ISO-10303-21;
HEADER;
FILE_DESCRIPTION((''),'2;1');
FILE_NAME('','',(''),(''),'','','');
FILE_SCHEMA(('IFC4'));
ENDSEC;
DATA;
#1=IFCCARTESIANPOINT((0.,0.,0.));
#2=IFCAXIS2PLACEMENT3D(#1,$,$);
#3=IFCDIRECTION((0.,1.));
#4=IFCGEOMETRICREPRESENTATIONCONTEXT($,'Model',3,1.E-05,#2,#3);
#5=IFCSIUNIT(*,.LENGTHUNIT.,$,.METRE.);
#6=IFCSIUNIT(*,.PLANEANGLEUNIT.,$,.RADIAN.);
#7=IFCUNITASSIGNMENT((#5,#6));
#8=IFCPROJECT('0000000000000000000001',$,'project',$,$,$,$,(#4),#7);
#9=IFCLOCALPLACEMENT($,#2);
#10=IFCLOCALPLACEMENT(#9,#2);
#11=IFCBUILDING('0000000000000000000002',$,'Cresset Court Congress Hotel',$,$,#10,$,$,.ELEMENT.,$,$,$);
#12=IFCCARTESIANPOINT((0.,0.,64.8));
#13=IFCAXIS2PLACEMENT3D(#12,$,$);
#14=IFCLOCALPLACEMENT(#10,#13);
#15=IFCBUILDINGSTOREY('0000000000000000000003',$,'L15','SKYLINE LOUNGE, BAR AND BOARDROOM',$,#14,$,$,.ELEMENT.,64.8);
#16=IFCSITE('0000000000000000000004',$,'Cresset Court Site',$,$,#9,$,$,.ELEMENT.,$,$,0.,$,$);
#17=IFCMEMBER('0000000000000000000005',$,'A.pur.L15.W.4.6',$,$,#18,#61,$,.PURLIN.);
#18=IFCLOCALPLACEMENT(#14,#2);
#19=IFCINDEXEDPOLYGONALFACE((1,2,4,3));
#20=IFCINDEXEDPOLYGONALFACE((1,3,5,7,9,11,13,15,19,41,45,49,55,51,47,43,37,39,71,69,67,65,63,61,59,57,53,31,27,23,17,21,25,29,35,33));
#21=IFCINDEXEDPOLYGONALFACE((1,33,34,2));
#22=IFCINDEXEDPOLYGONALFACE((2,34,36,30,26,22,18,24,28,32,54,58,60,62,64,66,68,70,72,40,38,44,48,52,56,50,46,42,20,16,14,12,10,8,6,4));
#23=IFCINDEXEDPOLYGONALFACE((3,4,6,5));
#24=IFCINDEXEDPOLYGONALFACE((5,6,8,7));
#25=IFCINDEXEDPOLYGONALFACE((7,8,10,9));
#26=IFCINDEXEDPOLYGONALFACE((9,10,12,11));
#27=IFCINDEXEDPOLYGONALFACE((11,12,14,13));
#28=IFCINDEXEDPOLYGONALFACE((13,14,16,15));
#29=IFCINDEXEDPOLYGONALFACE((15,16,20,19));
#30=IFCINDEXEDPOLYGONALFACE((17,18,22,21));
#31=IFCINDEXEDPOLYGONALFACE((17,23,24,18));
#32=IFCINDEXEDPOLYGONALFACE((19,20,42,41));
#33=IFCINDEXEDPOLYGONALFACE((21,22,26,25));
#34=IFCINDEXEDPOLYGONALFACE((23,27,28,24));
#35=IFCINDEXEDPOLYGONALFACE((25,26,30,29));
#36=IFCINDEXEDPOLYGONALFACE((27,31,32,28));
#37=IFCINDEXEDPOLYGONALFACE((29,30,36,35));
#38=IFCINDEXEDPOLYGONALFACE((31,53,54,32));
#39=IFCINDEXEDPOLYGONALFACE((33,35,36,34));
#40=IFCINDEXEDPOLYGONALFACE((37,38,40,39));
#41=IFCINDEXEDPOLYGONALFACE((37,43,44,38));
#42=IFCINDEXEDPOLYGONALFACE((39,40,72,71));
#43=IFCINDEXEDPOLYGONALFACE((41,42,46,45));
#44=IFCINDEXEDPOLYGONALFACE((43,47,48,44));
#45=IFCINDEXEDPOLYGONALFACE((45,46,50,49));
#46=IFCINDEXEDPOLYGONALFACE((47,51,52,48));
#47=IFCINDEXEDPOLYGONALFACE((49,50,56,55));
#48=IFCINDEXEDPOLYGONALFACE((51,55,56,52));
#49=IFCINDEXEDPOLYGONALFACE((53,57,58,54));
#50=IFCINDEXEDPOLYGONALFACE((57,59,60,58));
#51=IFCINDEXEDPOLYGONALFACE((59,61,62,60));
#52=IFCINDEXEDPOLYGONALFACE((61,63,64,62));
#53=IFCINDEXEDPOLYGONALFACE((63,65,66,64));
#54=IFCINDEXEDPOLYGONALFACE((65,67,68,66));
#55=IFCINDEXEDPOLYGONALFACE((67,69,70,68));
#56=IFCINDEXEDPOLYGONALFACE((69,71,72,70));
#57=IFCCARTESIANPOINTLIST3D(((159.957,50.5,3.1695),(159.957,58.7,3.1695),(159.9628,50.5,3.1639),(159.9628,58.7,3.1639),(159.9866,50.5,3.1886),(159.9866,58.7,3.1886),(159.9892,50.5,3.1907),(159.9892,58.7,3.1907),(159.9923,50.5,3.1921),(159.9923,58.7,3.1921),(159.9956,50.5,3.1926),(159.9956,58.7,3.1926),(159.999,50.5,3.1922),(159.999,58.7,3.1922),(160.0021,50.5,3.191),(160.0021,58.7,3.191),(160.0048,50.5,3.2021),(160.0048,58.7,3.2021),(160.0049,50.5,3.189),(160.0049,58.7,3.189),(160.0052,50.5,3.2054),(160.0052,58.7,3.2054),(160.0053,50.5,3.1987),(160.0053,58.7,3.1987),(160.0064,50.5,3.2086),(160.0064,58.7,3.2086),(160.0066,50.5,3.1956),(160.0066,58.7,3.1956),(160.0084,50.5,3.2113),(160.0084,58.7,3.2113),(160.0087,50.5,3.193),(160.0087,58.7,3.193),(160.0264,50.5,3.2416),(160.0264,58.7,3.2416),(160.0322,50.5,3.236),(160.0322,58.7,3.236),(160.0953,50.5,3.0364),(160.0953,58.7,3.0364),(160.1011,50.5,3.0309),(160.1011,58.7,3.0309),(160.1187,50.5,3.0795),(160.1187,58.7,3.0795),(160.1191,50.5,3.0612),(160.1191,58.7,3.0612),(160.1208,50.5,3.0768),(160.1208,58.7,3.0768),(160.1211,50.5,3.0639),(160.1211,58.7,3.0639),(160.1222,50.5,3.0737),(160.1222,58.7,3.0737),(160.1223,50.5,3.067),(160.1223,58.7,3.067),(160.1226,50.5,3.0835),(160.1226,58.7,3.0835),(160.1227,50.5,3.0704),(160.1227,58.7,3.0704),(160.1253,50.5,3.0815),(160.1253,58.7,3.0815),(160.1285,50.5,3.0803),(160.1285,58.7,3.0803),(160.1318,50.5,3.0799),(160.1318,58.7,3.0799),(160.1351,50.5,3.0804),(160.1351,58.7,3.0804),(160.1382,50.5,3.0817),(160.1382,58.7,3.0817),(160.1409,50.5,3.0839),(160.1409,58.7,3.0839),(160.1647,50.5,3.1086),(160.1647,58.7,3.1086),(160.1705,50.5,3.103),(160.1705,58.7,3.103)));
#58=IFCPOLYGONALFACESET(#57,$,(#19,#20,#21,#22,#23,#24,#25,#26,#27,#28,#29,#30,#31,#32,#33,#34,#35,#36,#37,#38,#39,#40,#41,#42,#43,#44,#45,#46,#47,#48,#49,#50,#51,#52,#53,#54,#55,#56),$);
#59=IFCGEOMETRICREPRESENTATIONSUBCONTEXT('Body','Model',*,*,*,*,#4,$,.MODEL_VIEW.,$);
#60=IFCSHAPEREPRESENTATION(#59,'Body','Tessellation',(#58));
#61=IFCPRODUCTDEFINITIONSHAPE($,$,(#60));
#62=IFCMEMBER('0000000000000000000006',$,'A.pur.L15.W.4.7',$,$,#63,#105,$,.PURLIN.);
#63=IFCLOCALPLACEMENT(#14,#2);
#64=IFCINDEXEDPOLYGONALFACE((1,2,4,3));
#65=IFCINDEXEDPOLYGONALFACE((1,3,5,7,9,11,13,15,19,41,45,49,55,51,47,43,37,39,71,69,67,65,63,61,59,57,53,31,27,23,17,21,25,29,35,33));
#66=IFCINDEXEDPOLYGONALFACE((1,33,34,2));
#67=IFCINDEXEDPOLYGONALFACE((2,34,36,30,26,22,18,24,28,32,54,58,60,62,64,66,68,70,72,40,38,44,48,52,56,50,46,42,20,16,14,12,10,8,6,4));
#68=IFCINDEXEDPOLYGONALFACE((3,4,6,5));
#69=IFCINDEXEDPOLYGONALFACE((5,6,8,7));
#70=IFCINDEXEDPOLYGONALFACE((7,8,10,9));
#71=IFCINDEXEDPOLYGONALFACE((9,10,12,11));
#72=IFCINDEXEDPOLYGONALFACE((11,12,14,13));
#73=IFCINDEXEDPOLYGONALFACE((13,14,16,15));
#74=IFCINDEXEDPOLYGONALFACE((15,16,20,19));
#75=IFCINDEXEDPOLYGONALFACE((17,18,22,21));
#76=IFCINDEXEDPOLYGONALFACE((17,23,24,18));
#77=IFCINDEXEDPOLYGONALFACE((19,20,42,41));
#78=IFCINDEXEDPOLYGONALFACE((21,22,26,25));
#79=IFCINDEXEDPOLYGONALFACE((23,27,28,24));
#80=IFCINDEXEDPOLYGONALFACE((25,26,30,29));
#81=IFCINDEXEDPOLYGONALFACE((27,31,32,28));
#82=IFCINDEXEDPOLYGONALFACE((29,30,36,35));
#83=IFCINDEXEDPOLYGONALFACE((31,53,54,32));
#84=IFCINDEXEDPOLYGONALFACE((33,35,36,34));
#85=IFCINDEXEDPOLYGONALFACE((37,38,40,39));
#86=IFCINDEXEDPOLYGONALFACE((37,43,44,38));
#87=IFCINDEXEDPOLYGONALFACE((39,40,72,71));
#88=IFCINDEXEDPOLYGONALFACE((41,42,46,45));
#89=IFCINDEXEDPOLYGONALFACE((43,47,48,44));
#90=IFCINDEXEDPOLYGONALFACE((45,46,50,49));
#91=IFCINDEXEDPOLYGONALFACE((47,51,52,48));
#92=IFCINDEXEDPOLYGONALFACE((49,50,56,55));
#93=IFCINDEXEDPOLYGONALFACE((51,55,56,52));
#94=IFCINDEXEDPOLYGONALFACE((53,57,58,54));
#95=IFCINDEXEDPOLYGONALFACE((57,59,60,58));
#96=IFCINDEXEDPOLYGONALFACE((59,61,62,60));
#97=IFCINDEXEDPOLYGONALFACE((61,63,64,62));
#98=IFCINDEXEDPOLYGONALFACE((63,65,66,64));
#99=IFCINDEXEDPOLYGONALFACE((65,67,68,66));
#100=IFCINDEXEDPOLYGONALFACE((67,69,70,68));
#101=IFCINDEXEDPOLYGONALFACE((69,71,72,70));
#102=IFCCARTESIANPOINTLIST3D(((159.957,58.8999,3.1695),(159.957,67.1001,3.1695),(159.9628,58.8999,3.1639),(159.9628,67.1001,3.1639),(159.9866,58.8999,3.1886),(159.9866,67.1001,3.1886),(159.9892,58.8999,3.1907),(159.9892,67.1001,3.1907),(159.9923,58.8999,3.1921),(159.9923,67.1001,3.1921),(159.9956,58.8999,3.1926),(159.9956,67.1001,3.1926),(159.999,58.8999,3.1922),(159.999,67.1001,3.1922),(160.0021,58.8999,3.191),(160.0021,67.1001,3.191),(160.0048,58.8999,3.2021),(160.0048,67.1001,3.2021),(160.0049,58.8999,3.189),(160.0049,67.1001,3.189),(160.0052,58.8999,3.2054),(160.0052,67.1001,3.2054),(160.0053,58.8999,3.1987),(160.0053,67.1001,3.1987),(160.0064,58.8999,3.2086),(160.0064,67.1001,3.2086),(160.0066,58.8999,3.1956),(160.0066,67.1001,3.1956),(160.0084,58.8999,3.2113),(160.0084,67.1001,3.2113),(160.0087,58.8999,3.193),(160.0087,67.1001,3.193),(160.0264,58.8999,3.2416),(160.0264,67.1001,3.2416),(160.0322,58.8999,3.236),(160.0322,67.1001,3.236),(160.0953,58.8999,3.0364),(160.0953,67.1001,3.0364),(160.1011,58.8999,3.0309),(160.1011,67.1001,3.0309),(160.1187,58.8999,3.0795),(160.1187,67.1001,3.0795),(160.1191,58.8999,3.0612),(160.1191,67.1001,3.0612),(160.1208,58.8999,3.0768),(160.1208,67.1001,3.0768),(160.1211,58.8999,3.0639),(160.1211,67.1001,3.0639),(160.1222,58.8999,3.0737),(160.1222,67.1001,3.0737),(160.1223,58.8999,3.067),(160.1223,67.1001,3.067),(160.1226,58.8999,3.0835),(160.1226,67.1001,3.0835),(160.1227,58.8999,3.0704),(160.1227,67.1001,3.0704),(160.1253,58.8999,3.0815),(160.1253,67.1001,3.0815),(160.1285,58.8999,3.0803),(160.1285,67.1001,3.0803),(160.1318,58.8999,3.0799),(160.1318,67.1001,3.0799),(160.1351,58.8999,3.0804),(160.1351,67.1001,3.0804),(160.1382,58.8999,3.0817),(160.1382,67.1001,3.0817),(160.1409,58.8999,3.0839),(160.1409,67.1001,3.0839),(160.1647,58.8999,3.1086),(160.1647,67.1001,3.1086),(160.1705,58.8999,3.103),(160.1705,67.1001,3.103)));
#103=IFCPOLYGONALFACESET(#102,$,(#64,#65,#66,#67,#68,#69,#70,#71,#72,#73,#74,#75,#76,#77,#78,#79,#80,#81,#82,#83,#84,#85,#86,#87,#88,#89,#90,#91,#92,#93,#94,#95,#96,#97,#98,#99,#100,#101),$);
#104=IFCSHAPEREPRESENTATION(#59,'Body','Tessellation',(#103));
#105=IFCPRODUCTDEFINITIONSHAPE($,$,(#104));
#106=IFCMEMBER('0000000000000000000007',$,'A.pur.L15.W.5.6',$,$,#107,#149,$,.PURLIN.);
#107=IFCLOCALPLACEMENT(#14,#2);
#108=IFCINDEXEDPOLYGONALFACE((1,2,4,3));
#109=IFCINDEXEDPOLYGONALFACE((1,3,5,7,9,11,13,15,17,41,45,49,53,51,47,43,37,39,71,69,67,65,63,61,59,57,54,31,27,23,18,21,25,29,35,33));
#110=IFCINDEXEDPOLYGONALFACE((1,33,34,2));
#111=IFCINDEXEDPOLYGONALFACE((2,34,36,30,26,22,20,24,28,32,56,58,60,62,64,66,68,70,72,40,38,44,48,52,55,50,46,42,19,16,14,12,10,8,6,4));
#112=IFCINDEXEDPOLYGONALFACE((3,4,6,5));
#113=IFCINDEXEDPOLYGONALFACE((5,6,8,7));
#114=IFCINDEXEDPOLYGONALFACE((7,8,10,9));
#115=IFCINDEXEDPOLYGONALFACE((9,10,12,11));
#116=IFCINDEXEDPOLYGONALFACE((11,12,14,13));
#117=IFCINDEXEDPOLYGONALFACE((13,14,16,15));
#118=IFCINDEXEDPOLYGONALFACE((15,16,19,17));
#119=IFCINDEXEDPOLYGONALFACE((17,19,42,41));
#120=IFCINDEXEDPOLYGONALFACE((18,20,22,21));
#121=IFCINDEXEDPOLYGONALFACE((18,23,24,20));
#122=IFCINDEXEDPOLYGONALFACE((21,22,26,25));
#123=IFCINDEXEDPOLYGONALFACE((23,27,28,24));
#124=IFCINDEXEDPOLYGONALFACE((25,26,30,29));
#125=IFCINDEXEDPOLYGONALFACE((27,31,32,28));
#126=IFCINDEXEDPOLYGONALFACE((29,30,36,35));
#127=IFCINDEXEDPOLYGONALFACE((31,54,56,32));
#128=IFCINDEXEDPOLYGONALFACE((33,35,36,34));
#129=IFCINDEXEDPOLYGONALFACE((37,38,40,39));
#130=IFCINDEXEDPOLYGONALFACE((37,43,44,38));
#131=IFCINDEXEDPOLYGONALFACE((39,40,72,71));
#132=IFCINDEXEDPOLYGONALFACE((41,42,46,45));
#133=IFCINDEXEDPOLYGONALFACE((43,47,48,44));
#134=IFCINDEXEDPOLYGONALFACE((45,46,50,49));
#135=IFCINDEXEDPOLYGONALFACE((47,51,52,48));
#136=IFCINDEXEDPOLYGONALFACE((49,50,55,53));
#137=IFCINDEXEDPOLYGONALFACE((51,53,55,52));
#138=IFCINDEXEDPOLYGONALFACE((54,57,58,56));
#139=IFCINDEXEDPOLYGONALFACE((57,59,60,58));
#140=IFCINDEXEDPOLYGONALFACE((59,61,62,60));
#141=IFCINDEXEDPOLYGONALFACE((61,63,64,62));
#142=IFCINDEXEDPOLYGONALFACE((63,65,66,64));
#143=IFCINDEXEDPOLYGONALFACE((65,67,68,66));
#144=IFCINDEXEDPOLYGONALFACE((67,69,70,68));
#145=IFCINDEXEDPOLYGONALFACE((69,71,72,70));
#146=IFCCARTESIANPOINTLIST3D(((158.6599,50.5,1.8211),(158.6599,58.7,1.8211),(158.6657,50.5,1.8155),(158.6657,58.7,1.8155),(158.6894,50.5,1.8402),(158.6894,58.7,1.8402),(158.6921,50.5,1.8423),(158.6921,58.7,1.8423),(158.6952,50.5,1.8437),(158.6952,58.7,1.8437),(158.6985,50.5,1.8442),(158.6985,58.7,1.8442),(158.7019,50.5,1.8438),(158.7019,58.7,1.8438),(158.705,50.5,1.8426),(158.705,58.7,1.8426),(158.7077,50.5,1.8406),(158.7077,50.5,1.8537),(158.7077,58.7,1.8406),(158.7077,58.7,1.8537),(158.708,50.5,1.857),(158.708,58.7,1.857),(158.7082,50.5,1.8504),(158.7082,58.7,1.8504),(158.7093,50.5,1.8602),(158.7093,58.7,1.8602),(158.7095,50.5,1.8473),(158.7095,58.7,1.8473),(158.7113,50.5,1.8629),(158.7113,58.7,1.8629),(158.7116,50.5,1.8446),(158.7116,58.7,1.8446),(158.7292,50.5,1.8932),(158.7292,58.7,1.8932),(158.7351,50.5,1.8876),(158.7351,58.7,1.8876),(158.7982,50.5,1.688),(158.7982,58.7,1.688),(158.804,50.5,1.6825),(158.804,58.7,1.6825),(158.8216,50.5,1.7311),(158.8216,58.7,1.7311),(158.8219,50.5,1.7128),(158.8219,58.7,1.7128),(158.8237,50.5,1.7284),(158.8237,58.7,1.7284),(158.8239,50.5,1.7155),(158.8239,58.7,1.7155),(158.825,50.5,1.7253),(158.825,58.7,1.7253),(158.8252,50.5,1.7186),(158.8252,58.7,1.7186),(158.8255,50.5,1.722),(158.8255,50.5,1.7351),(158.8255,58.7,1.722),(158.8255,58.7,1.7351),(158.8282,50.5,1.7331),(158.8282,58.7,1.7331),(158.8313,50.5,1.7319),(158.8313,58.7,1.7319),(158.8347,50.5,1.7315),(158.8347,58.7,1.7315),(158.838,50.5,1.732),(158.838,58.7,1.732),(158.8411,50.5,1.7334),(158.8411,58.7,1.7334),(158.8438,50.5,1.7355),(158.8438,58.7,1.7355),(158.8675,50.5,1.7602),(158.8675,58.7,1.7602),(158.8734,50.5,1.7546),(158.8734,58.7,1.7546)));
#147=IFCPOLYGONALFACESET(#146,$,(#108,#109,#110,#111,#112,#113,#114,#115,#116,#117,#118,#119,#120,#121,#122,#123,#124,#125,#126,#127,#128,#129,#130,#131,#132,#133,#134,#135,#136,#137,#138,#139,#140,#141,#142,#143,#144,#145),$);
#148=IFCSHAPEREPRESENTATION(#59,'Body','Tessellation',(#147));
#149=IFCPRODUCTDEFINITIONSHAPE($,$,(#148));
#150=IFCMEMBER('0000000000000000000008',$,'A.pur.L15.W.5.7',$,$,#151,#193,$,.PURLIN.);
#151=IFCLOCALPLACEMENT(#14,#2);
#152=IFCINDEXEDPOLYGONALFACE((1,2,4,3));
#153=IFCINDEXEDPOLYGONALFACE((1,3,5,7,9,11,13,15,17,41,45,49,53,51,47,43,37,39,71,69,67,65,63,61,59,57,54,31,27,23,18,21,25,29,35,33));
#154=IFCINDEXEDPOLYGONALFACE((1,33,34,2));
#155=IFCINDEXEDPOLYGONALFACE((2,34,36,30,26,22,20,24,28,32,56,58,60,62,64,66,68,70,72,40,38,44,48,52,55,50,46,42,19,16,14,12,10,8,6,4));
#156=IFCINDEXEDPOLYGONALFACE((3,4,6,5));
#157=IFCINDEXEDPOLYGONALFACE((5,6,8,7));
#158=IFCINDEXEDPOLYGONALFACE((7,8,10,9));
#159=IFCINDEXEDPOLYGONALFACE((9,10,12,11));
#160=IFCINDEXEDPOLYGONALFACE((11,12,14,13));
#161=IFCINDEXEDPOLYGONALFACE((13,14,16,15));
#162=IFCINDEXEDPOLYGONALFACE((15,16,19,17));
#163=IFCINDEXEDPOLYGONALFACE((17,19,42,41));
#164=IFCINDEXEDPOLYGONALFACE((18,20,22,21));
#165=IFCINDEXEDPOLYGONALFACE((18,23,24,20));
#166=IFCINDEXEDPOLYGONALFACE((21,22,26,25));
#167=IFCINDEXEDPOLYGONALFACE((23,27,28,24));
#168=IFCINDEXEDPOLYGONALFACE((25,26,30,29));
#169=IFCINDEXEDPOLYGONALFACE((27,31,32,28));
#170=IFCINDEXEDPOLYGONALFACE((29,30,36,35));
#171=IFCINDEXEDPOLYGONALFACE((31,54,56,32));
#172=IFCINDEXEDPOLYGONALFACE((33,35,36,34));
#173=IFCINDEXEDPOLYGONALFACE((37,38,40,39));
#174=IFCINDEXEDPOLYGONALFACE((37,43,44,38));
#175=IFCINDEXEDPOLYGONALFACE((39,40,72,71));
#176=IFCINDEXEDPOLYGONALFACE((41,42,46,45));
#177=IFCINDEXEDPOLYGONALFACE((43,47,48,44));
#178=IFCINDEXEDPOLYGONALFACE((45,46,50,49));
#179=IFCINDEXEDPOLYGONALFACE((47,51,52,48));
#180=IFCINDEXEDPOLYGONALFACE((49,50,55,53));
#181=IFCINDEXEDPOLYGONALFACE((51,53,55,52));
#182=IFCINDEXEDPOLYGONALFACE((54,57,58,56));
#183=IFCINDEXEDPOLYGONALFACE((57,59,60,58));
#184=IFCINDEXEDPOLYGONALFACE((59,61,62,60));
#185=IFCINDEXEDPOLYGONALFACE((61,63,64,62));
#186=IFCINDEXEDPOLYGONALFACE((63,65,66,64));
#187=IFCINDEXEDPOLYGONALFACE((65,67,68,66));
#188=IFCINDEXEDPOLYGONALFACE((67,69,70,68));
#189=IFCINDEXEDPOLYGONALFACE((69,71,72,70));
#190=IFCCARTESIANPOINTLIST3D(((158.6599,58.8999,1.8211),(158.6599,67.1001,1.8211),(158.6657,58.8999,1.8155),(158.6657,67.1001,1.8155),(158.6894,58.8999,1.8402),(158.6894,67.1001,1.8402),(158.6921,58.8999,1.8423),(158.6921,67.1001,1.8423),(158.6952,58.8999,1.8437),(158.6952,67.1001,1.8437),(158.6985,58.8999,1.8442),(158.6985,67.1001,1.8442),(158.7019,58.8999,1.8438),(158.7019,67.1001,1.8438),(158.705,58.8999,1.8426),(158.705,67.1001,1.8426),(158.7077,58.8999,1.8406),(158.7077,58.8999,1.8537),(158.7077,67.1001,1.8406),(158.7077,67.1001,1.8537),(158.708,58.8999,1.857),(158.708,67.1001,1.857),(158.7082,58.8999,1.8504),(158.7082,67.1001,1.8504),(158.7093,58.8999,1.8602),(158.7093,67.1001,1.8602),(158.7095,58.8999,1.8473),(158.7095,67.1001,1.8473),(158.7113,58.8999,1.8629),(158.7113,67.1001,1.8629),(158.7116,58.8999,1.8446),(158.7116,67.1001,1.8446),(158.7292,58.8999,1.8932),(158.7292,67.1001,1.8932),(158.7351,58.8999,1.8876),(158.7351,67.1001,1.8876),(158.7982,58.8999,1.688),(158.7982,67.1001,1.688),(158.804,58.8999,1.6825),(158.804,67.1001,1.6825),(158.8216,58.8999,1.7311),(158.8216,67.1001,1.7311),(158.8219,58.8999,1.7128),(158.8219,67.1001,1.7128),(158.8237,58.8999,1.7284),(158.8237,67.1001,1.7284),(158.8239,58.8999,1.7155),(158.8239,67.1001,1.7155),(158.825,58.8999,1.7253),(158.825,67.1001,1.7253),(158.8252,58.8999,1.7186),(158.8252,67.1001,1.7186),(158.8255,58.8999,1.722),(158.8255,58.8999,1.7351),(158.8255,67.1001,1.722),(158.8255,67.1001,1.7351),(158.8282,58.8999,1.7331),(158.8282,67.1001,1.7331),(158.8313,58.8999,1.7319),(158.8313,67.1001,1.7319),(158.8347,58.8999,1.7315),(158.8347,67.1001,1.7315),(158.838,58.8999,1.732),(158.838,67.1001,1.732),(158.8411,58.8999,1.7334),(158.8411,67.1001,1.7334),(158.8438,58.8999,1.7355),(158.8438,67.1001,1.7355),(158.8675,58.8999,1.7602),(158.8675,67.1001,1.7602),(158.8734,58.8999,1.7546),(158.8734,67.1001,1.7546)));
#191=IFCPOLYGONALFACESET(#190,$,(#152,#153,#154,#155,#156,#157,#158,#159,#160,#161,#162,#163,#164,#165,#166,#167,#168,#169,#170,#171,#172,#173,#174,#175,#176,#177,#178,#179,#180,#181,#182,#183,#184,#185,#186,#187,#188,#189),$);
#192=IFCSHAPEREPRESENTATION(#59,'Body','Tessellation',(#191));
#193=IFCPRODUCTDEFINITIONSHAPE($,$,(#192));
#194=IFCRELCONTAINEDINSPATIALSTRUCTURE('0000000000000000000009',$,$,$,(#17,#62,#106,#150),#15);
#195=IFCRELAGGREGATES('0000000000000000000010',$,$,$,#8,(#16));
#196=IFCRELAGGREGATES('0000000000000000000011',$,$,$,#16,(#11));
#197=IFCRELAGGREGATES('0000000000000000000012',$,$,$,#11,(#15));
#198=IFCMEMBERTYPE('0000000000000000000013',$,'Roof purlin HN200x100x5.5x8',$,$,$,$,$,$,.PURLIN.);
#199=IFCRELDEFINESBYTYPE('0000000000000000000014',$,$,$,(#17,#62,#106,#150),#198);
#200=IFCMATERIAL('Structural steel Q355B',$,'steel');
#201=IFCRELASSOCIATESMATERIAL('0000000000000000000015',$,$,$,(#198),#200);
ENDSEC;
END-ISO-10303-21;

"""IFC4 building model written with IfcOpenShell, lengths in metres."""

from ifc_helpers import new_model, si_unit, direction, frame, origin, origin_2d, place, context, subcontext, project, spatial, i_section, extrude, material, material_profile, profile_set, type_object, element, save


model = new_model("IFC4")

# Units and contexts
model_context = context("Model", 3, precision=1e-05, world=origin(), true_north=direction((0.0, 1.0)))
body_context = subcontext(model_context, "Body", "Model", "MODEL_VIEW")
ifc_project = project(units=[si_unit("LENGTHUNIT", "METRE"), si_unit("PLANEANGLEUNIT", "RADIAN")], contexts=[model_context])

# Site, building, storey
site_placement = place(None, origin())
site = spatial("IfcSite", under=ifc_project, at=site_placement, Name="Cresset Court Site", CompositionType="ELEMENT", RefElevation=0.0)
building_placement = place(site_placement, origin())
building = spatial("IfcBuilding", under=site, at=building_placement, Name="Cresset Court Congress Hotel", CompositionType="ELEMENT")
storey_placement = place(building_placement, frame((0.0, 0.0, 64.8)))
storey = spatial("IfcBuildingStorey", under=building, at=storey_placement, Name="L15", Description="SKYLINE LOUNGE, BAR AND BOARDROOM", CompositionType="ELEMENT", Elevation=64.8)

# Members
ifc_material_1 = material(Name="Structural steel Q355B", Category="steel")
ifc_material_profile_1 = material_profile(ifc_material_1, i_section(OverallWidth=0.1001, OverallDepth=0.2, WebThickness=0.0056, FlangeThickness=0.0081, FilletRadius=0.0129, at=origin_2d()), Name="HN200x100x5.5x8")
ifc_profile_set_1 = profile_set([ifc_material_profile_1], Name="Structural steel Q355B")
member_type_1 = type_object("IfcMemberType", Name="Roof purlin HN200x100x5.5x8", PredefinedType="PURLIN", material=ifc_profile_set_1)
member_1_placement = place(storey_placement, frame((160.0637, 50.5, 3.1362), z_axis=(0.0, 1.0, 0.0), x_axis=(-0.693246, 0.0, -0.720701)))
element("IfcMember", 1, at=member_1_placement, inside=storey, type_object=member_type_1, Name="A.pur.L15.W.4.6", PredefinedType="PURLIN", context=body_context, shape_type="SweptSolid", body=[
    extrude(i_section(OverallWidth=0.1001, OverallDepth=0.2, WebThickness=0.0056, FlangeThickness=0.0081, FilletRadius=0.0129, at=origin_2d()), origin(), (0.0, 0.0, 1.0), 8.2),
])
member_2_placement = place(storey_placement, frame((160.0637, 58.8999, 3.1362), z_axis=(0.0, 1.0, 0.0), x_axis=(-0.693246, 0.0, -0.720701)))
element("IfcMember", 2, at=member_2_placement, inside=storey, type_object=member_type_1, Name="A.pur.L15.W.4.7", PredefinedType="PURLIN", context=body_context, shape_type="SweptSolid", body=[
    extrude(i_section(OverallWidth=0.1001, OverallDepth=0.2, WebThickness=0.0056, FlangeThickness=0.0081, FilletRadius=0.0129, at=origin_2d()), origin(), (0.0, 0.0, 1.0), 8.2002),
])
member_3_placement = place(storey_placement, frame((158.7666, 50.5, 1.7878), z_axis=(0.0, 1.0, 0.0), x_axis=(-0.693246, 0.0, -0.720701)))
element("IfcMember", 3, at=member_3_placement, inside=storey, type_object=member_type_1, Name="A.pur.L15.W.5.6", PredefinedType="PURLIN", context=body_context, shape_type="SweptSolid", body=[
    extrude(i_section(OverallWidth=0.1001, OverallDepth=0.2, WebThickness=0.0056, FlangeThickness=0.0081, FilletRadius=0.0129, at=origin_2d()), origin(), (0.0, 0.0, 1.0), 8.2),
])
member_4_placement = place(storey_placement, frame((158.7666, 58.8999, 1.7878), z_axis=(0.0, 1.0, 0.0), x_axis=(-0.693246, 0.0, -0.720701)))
element("IfcMember", 4, at=member_4_placement, inside=storey, type_object=member_type_1, Name="A.pur.L15.W.5.7", PredefinedType="PURLIN", context=body_context, shape_type="SweptSolid", body=[
    extrude(i_section(OverallWidth=0.1001, OverallDepth=0.2, WebThickness=0.0056, FlangeThickness=0.0081, FilletRadius=0.0129, at=origin_2d()), origin(), (0.0, 0.0, 1.0), 8.2002),
])

save(model, "model.ifc")
